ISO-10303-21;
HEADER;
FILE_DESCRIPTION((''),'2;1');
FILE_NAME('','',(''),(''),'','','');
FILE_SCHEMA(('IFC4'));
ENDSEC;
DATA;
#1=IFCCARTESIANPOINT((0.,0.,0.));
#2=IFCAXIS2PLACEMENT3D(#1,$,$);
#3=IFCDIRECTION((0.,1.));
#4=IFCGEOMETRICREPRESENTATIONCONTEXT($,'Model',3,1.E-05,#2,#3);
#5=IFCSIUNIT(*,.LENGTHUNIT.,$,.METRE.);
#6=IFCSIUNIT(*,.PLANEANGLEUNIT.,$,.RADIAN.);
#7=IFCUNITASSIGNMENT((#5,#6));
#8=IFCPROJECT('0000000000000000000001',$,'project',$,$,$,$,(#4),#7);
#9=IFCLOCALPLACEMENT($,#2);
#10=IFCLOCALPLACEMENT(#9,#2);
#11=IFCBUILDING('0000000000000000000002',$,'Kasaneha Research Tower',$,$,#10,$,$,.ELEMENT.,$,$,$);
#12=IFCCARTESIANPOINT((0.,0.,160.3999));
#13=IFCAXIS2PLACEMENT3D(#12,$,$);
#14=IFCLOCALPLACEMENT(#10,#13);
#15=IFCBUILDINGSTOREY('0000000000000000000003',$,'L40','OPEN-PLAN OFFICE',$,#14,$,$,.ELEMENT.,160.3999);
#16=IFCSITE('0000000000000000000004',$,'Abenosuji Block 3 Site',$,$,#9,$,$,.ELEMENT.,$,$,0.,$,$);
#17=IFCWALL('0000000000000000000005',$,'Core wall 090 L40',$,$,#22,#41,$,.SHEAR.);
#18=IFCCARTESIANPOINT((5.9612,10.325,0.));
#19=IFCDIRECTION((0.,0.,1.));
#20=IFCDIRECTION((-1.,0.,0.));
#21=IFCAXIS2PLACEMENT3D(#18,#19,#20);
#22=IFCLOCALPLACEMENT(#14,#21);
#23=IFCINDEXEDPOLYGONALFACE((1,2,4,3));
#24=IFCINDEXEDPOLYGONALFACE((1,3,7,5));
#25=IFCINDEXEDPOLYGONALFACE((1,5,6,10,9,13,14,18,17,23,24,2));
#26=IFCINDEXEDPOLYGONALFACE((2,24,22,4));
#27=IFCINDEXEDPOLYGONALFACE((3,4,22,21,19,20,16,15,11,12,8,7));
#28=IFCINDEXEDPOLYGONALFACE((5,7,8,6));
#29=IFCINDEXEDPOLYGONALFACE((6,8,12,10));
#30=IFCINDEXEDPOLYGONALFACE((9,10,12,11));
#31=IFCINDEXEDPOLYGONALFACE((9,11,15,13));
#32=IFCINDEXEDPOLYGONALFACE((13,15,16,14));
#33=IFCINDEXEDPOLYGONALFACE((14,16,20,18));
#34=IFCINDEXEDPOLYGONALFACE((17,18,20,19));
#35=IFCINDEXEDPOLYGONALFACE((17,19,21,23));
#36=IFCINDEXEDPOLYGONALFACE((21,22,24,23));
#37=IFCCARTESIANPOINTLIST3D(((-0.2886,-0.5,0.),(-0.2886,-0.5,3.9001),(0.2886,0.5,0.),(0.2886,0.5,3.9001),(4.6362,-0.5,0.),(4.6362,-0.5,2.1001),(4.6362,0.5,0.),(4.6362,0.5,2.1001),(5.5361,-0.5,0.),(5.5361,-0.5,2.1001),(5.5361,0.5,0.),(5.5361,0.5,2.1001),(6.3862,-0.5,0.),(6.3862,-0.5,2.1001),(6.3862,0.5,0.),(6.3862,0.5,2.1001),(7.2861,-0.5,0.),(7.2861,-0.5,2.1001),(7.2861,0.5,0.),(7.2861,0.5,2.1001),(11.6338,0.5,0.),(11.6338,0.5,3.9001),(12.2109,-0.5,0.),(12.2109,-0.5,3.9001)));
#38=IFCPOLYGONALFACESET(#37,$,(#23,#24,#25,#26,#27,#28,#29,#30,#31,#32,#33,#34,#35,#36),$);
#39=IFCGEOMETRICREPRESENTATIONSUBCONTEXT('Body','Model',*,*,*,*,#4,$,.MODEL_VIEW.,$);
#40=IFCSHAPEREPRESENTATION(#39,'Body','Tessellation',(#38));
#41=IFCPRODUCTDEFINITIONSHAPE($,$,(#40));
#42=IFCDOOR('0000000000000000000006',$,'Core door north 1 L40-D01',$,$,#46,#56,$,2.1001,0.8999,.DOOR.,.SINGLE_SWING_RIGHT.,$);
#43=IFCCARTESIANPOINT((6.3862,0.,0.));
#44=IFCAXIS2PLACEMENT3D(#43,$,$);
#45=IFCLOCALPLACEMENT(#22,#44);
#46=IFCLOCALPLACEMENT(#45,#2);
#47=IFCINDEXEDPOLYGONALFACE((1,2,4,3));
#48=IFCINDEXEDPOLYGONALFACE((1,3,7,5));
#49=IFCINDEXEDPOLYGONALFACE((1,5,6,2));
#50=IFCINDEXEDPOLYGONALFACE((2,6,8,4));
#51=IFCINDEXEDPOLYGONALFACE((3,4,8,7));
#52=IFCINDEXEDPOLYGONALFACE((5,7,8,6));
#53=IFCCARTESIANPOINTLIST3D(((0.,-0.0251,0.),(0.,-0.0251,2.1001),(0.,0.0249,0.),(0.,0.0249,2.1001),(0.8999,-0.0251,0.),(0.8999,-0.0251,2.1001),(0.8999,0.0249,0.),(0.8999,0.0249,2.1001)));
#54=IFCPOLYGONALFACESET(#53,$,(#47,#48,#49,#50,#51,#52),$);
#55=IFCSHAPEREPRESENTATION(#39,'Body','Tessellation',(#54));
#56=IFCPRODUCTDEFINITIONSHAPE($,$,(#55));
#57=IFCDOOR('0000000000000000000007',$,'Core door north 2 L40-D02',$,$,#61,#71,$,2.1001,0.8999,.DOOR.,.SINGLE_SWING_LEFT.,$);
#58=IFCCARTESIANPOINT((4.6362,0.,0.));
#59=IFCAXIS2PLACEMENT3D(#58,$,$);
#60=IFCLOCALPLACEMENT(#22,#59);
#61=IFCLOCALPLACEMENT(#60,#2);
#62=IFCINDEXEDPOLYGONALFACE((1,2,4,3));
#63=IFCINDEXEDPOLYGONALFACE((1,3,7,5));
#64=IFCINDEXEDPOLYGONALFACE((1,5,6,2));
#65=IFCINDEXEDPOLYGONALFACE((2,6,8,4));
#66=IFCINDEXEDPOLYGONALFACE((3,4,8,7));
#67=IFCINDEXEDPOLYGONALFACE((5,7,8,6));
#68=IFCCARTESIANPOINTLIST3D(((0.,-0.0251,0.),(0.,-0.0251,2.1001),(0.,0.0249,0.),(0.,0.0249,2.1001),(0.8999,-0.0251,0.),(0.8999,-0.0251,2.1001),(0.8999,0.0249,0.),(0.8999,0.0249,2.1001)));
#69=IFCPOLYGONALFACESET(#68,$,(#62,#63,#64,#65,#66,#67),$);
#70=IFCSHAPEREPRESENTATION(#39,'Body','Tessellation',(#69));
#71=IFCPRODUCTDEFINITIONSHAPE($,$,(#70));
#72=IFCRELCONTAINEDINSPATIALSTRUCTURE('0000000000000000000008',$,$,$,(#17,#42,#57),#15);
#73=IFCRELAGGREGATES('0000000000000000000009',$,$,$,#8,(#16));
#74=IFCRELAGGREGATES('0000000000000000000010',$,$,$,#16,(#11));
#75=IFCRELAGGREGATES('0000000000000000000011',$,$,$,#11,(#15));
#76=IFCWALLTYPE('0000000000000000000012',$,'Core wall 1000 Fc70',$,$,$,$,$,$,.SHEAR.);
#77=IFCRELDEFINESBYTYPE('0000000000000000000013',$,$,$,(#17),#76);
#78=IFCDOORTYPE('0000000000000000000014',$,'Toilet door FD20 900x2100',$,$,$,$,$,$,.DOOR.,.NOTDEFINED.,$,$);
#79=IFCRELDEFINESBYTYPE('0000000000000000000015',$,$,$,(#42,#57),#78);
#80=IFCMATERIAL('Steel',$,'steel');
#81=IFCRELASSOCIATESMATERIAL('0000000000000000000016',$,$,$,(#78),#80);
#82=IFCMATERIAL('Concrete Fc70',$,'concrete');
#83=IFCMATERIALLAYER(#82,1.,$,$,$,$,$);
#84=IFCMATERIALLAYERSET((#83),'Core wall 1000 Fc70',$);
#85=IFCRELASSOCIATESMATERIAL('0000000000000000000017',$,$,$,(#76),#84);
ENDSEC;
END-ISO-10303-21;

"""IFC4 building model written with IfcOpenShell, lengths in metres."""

from ifc_helpers import new_model, si_unit, direction, frame, frame_2d, origin, place, context, subcontext, project, spatial, polyline, rectangle, outline, extrude, material, layer, layer_set, type_object, element, fill, save


model = new_model("IFC4")

# Units and contexts
model_context = context("Model", 3, precision=1e-05, world=origin(), true_north=direction((0.0, 1.0)))
body_context = subcontext(model_context, "Body", "Model", "MODEL_VIEW")
ifc_project = project(units=[si_unit("LENGTHUNIT", "METRE"), si_unit("PLANEANGLEUNIT", "RADIAN")], contexts=[model_context])

# Site, building, storey
site_placement = place(None, origin())
site = spatial("IfcSite", under=ifc_project, at=site_placement, Name="Abenosuji Block 3 Site", CompositionType="ELEMENT", RefElevation=0.0)
building_placement = place(site_placement, origin())
building = spatial("IfcBuilding", under=site, at=building_placement, Name="Kasaneha Research Tower", CompositionType="ELEMENT")
storey_placement = place(building_placement, frame((0.0, 0.0, 160.3999)))
storey = spatial("IfcBuildingStorey", under=building, at=storey_placement, Name="L40", Description="OPEN-PLAN OFFICE", CompositionType="ELEMENT", Elevation=160.3999)

# Shared definitions
ifc_material_1 = material(Name="Steel", Category="steel")
door_type_1 = type_object("IfcDoorType", Name="Toilet door FD20 900x2100", OperationType="NOTDEFINED", PredefinedType="DOOR", material=ifc_material_1)

# Wall, openings, doors
ifc_material_2 = material(Name="Concrete Fc70", Category="concrete")
ifc_layer_1 = layer(ifc_material_2, 1.0)
ifc_layer_set_1 = layer_set([ifc_layer_1], Name="Core wall 1000 Fc70")
wall_type_1 = type_object("IfcWallType", Name="Core wall 1000 Fc70", PredefinedType="SHEAR", material=ifc_layer_set_1)
wall_1_placement = place(storey_placement, frame((5.9612, 10.325, 0.0), z_axis=(0.0, 0.0, 1.0), x_axis=(-1.0, 0.0, 0.0)))
wall_1 = element("IfcWall", 1, at=wall_1_placement, inside=storey, type_object=wall_type_1, Name="Core wall 090 L40", PredefinedType="SHEAR", context=body_context, shape_type="SweptSolid", body=[
    extrude(outline(polyline([(-0.2886, -0.5), (4.6362, -0.5), (5.5361, -0.5), (6.3862, -0.5), (7.2861, -0.5), (12.2109, -0.5), (11.6338, 0.5), (7.2861, 0.5), (6.3862, 0.5), (5.5361, 0.5), (4.6362, 0.5), (0.2886, 0.5), (-0.2886, -0.5)])), origin(), (0.0, 0.0, 1.0), 3.9001),
])
opening_1_placement = place(wall_1_placement, frame((6.3862, 0.0, 0.0)))
opening_1 = element("IfcOpeningElement", 2, at=opening_1_placement, cuts=wall_1, PredefinedType="OPENING", context=body_context, shape_type="SweptSolid", body=[
    extrude(rectangle(XDim=0.8999, YDim=2.1001, at=frame_2d((0.45, 1.05))), frame((0.0, 0.51, 0.0), z_axis=(0.0, -1.0, 0.0), x_axis=(1.0, 0.0, 0.0)), (0.0, 0.0, 1.0), 1.02),
])
opening_2_placement = place(wall_1_placement, frame((4.6362, 0.0, 0.0)))
opening_2 = element("IfcOpeningElement", 3, at=opening_2_placement, cuts=wall_1, PredefinedType="OPENING", context=body_context, shape_type="SweptSolid", body=[
    extrude(rectangle(XDim=0.8999, YDim=2.1001, at=frame_2d((0.45, 1.05))), frame((0.0, 0.51, 0.0), z_axis=(0.0, -1.0, 0.0), x_axis=(1.0, 0.0, 0.0)), (0.0, 0.0, 1.0), 1.02),
])
door_1_placement = place(opening_1_placement, origin())
door_1 = element("IfcDoor", 4, at=door_1_placement, inside=storey, type_object=door_type_1, Name="Core door north 1 L40-D01", OperationType="SINGLE_SWING_RIGHT", OverallHeight=2.1001, OverallWidth=0.8999, PredefinedType="DOOR", context=body_context, shape_type="SweptSolid", body=[
    extrude(rectangle(XDim=0.8999, YDim=2.1001, at=frame_2d((0.45, 1.05))), frame((0.0, 0.0249, 0.0), z_axis=(0.0, -1.0, 0.0), x_axis=(1.0, 0.0, 0.0)), (0.0, 0.0, 1.0), 0.05),
])
fill(opening_1, door_1)
door_2_placement = place(opening_2_placement, origin())
door_2 = element("IfcDoor", 5, at=door_2_placement, inside=storey, type_object=door_type_1, Name="Core door north 2 L40-D02", OperationType="SINGLE_SWING_LEFT", OverallHeight=2.1001, OverallWidth=0.8999, PredefinedType="DOOR", context=body_context, shape_type="SweptSolid", body=[
    extrude(rectangle(XDim=0.8999, YDim=2.1001, at=frame_2d((0.45, 1.05))), frame((0.0, 0.0249, 0.0), z_axis=(0.0, -1.0, 0.0), x_axis=(1.0, 0.0, 0.0)), (0.0, 0.0, 1.0), 0.05),
])
fill(opening_2, door_2)

save(model, "model.ifc")
